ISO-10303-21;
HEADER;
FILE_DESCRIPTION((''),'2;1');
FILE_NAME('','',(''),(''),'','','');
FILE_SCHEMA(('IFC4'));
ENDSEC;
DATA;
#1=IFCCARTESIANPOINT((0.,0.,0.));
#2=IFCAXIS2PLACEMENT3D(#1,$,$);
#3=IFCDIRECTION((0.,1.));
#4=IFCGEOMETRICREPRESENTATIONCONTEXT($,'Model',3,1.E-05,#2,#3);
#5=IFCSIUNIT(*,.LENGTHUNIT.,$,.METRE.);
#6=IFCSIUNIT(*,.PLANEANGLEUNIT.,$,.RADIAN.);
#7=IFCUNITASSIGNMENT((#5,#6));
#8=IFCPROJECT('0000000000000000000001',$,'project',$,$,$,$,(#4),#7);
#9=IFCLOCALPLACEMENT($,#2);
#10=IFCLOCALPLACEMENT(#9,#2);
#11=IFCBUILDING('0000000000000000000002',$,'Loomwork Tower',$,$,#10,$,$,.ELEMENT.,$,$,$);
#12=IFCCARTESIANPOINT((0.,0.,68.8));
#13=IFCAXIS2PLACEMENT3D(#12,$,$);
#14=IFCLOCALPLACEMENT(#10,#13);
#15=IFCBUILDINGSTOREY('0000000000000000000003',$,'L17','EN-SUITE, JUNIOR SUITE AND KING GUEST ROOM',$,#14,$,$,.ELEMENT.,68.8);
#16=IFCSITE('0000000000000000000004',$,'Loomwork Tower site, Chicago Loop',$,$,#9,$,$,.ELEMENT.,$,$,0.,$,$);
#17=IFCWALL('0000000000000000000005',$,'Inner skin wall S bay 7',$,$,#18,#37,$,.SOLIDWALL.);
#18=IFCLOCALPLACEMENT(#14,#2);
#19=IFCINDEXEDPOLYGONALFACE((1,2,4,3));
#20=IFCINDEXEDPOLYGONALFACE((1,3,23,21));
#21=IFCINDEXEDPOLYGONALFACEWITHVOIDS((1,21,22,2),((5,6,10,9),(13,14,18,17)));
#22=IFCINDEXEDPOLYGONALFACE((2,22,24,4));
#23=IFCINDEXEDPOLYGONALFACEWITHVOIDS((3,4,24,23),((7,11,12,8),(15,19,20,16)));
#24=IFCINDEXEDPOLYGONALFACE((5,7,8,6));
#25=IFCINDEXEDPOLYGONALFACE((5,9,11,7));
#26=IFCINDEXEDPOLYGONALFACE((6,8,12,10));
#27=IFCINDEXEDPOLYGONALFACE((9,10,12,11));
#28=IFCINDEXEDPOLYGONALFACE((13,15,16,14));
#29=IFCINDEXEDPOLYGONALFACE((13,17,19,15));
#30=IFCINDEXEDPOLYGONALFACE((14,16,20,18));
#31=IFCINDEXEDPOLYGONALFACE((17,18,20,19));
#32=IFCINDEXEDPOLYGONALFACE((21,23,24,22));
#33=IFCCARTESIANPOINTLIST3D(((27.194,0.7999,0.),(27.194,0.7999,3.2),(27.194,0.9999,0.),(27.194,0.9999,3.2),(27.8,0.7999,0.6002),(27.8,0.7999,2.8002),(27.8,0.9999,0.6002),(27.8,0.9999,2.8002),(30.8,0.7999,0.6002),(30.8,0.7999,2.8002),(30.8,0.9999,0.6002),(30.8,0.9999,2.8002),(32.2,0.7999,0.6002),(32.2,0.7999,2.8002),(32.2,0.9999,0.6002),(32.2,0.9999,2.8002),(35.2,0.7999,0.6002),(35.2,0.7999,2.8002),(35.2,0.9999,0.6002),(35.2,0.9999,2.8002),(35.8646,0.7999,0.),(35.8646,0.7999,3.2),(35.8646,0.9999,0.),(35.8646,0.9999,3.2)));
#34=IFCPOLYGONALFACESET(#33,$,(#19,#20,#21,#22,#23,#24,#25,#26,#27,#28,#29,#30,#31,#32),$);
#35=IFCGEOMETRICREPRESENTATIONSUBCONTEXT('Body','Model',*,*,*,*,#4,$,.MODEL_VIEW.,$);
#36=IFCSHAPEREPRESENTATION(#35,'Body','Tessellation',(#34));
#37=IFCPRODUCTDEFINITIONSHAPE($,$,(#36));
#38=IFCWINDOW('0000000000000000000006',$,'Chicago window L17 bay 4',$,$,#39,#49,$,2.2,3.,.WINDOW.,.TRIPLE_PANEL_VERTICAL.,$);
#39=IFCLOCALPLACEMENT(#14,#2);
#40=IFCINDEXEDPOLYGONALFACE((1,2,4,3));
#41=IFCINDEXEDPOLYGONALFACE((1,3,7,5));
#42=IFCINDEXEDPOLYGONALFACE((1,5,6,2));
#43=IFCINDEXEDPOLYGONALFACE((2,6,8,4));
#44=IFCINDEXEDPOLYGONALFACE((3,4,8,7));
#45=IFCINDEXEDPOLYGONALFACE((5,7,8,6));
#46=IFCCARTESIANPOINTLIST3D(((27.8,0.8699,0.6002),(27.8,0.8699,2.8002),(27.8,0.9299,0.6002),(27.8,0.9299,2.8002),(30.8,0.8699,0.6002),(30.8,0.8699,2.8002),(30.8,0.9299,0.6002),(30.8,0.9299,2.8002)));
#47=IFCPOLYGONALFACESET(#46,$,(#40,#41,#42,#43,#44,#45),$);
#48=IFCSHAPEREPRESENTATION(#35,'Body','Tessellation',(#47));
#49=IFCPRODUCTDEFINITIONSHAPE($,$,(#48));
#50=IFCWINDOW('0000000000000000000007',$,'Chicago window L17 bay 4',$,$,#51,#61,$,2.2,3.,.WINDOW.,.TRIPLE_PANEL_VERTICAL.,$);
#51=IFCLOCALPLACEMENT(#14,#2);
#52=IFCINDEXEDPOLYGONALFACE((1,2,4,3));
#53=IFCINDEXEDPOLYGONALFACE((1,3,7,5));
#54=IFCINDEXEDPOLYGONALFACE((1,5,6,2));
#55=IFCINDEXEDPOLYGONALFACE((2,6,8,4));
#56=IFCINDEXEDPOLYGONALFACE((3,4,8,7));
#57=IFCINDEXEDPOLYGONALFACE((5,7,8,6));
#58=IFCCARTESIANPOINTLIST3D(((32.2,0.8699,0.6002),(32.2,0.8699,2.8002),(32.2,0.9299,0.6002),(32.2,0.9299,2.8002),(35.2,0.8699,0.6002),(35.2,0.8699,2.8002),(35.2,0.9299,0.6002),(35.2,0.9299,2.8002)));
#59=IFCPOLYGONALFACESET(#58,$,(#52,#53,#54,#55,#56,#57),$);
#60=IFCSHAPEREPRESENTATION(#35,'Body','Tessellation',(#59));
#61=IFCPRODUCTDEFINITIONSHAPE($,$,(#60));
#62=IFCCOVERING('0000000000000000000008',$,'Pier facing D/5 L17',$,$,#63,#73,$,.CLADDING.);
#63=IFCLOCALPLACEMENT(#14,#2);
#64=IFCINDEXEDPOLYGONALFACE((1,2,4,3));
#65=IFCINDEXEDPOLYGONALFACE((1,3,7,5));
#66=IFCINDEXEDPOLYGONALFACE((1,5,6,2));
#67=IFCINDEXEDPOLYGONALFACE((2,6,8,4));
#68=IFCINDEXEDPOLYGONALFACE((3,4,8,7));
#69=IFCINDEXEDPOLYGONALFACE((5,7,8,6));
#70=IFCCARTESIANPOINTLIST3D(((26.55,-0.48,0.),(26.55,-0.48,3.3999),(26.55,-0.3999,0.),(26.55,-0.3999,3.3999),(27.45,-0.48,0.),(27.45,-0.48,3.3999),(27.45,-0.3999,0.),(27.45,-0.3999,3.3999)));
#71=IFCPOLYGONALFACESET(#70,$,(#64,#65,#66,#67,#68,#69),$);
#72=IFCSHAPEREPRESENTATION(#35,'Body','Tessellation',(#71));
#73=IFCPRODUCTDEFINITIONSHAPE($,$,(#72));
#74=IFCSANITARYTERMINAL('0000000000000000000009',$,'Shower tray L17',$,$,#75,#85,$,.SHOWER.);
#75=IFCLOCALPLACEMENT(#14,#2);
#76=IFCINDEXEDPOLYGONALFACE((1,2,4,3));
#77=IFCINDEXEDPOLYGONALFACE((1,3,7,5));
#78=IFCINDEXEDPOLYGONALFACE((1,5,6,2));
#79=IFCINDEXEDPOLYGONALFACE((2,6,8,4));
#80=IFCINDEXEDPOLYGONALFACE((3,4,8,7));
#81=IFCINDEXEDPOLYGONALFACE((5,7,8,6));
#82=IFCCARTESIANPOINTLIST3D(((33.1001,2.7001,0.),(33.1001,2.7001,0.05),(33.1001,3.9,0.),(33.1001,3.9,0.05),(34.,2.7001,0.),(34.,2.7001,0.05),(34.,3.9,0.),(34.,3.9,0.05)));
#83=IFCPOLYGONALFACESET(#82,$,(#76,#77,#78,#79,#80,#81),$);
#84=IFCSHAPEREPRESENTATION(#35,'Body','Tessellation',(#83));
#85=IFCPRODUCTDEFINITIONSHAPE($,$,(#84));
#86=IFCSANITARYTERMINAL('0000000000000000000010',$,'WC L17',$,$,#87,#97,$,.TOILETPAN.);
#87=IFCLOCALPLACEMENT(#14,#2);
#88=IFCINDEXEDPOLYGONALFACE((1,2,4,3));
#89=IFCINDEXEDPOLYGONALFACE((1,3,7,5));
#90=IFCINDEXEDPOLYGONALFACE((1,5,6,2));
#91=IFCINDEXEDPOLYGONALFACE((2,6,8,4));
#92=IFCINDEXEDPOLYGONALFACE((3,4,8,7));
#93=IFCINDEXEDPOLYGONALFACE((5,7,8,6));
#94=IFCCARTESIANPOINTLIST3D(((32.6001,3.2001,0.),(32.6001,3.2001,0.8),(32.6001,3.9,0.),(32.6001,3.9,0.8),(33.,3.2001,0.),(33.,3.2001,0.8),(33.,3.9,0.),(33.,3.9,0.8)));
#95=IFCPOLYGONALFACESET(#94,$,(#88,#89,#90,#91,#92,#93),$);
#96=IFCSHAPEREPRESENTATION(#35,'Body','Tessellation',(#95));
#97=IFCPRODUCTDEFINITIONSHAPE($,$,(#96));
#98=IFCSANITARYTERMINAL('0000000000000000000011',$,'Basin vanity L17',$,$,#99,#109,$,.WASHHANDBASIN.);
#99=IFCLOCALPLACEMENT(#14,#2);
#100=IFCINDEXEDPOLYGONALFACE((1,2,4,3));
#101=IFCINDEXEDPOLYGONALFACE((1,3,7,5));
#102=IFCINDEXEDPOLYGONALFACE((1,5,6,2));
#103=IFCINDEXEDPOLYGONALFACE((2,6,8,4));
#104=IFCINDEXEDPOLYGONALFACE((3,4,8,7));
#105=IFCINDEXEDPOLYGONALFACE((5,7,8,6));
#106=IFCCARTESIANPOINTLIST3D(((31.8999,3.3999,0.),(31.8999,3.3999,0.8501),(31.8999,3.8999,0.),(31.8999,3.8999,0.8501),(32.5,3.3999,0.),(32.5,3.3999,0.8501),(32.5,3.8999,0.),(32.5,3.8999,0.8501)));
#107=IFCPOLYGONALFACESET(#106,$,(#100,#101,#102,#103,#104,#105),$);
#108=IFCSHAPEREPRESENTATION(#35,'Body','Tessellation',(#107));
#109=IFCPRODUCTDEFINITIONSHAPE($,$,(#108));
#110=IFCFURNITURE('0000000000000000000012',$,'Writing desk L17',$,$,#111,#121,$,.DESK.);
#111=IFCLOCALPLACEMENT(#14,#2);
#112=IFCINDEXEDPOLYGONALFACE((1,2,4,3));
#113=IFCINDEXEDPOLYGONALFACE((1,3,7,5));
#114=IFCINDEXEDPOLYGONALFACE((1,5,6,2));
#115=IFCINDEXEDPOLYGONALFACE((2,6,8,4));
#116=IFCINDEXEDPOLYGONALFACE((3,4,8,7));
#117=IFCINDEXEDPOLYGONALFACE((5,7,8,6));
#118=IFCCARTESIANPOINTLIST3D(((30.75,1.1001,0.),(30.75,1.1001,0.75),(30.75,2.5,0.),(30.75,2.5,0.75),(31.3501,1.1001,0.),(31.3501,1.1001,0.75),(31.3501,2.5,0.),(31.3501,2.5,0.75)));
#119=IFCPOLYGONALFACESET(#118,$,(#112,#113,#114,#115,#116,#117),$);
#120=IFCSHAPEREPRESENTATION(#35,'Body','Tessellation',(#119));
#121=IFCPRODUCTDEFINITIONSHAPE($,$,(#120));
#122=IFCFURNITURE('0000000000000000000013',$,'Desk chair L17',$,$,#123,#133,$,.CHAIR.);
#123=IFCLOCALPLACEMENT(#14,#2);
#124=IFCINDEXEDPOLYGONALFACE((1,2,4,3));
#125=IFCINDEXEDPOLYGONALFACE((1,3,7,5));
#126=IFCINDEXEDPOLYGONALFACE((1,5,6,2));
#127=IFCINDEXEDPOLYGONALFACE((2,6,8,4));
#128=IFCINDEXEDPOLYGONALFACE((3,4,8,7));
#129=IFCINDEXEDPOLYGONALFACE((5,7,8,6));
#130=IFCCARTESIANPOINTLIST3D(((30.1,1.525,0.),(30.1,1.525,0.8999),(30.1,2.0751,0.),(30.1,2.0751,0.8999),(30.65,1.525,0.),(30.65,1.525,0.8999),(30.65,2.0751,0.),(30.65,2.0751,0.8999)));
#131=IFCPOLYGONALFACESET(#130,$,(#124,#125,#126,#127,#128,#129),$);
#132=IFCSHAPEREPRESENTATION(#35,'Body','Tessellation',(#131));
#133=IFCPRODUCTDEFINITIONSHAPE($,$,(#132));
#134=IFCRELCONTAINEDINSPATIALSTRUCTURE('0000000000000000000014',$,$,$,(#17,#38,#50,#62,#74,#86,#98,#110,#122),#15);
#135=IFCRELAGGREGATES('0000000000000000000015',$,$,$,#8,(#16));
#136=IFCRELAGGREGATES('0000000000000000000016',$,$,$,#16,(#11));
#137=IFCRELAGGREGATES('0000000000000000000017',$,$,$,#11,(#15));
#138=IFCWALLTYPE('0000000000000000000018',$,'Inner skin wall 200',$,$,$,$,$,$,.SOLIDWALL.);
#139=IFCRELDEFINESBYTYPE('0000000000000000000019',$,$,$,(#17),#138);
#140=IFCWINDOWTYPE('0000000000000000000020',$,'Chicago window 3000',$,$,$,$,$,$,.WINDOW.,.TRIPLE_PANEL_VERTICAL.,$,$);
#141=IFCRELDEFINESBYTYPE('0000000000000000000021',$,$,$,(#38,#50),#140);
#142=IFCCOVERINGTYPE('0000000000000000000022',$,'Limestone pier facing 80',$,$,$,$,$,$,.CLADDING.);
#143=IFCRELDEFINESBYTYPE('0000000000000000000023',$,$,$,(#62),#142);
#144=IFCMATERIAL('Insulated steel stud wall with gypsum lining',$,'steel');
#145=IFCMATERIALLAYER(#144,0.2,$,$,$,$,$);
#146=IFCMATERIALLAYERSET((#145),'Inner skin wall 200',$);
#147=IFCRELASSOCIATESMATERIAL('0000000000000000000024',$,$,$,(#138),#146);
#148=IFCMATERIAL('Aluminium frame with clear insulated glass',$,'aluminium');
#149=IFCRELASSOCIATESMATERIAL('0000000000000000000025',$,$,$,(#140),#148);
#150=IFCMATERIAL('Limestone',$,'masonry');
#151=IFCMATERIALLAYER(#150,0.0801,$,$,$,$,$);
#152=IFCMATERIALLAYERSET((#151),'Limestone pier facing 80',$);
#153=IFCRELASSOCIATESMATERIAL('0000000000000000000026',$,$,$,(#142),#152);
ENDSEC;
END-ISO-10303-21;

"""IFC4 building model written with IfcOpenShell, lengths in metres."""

from ifc_helpers import new_model, si_unit, direction, frame, frame_2d, origin, origin_2d, place, context, subcontext, project, spatial, rectangle, extrude, material, layer, layer_set, type_object, element, fill, save


model = new_model("IFC4")

# Units and contexts
model_context = context("Model", 3, precision=1e-05, world=origin(), true_north=direction((0.0, 1.0)))
body_context = subcontext(model_context, "Body", "Model", "MODEL_VIEW")
ifc_project = project(units=[si_unit("LENGTHUNIT", "METRE"), si_unit("PLANEANGLEUNIT", "RADIAN")], contexts=[model_context])

# Site, building, storey
site_placement = place(None, origin())
site = spatial("IfcSite", under=ifc_project, at=site_placement, Name="Loomwork Tower site, Chicago Loop", CompositionType="ELEMENT", RefElevation=0.0)
building_placement = place(site_placement, origin())
building = spatial("IfcBuilding", under=site, at=building_placement, Name="Loomwork Tower", CompositionType="ELEMENT")
storey_placement = place(building_placement, frame((0.0, 0.0, 68.8)))
storey = spatial("IfcBuildingStorey", under=building, at=storey_placement, Name="L17", Description="EN-SUITE, JUNIOR SUITE AND KING GUEST ROOM", CompositionType="ELEMENT", Elevation=68.8)

# Shared definitions
ifc_material_1 = material(Name="Insulated steel stud wall with gypsum lining", Category="steel")
ifc_layer_1 = layer(ifc_material_1, 0.2)
ifc_layer_set_1 = layer_set([ifc_layer_1], Name="Inner skin wall 200")
wall_type = type_object("IfcWallType", Name="Inner skin wall 200", PredefinedType="SOLIDWALL", material=ifc_layer_set_1)

# Wall, openings, windows
wall_1_placement = place(storey_placement, frame((27.1938, 0.8999, 0.0), z_axis=(0.0, 0.0, 1.0), x_axis=(1.0, 0.0, 0.0)))
wall_1 = element("IfcWall", 1, at=wall_1_placement, inside=storey, type_object=wall_type, Name="Inner skin wall S bay 7", PredefinedType="SOLIDWALL", context=body_context, shape_type="SweptSolid", body=[
    extrude(rectangle(XDim=8.6707, YDim=0.2, at=frame_2d((4.3354, 0.0))), origin(), (0.0, 0.0, 1.0), 3.2),
])
opening_1_placement = place(wall_1_placement, frame((0.6062, 0.0, 0.6001)))
opening_1 = element("IfcOpeningElement", 2, at=opening_1_placement, cuts=wall_1, PredefinedType="OPENING", context=body_context, shape_type="SweptSolid", body=[
    extrude(rectangle(XDim=3.0, YDim=2.2, at=frame_2d((1.5, 1.1001))), frame((0.0, 0.1099, 0.0), z_axis=(0.0, -1.0, 0.0), x_axis=(1.0, 0.0, 0.0)), (0.0, 0.0, 1.0), 0.22),
])
opening_2_placement = place(wall_1_placement, frame((5.0061, 0.0, 0.6001)))
opening_2 = element("IfcOpeningElement", 3, at=opening_2_placement, cuts=wall_1, PredefinedType="OPENING", context=body_context, shape_type="SweptSolid", body=[
    extrude(rectangle(XDim=3.0, YDim=2.2, at=frame_2d((1.5, 1.1001))), frame((0.0, 0.1099, 0.0), z_axis=(0.0, -1.0, 0.0), x_axis=(1.0, 0.0, 0.0)), (0.0, 0.0, 1.0), 0.22),
])
ifc_material_2 = material(Name="Aluminium frame with clear insulated glass", Category="aluminium")
window_type = type_object("IfcWindowType", Name="Chicago window 3000", PartitioningType="TRIPLE_PANEL_VERTICAL", PredefinedType="WINDOW", material=ifc_material_2)
window_1_placement = place(opening_1_placement, origin())
window_1 = element("IfcWindow", 4, at=window_1_placement, inside=storey, type_object=window_type, Name="Chicago window L17 bay 4", OverallHeight=2.2, OverallWidth=3.0, PartitioningType="TRIPLE_PANEL_VERTICAL", PredefinedType="WINDOW", context=body_context, shape_type="SweptSolid", body=[
    extrude(rectangle(XDim=3.0, YDim=2.2, at=frame_2d((1.5, 1.1001))), frame((0.0, 0.03, 0.0), z_axis=(0.0, -1.0, 0.0), x_axis=(1.0, 0.0, 0.0)), (0.0, 0.0, 1.0), 0.0601),
])
fill(opening_1, window_1)
window_2_placement = place(opening_2_placement, origin())
window_2 = element("IfcWindow", 5, at=window_2_placement, inside=storey, type_object=window_type, Name="Chicago window L17 bay 4", OverallHeight=2.2, OverallWidth=3.0, PartitioningType="TRIPLE_PANEL_VERTICAL", PredefinedType="WINDOW", context=body_context, shape_type="SweptSolid", body=[
    extrude(rectangle(XDim=3.0, YDim=2.2, at=frame_2d((1.5, 1.1001))), frame((0.0, 0.03, 0.0), z_axis=(0.0, -1.0, 0.0), x_axis=(1.0, 0.0, 0.0)), (0.0, 0.0, 1.0), 0.0601),
])
fill(opening_2, window_2)

# Covering
ifc_material_3 = material(Name="Limestone", Category="masonry")
ifc_layer_2 = layer(ifc_material_3, 0.0801)
ifc_layer_set_2 = layer_set([ifc_layer_2], Name="Limestone pier facing 80")
covering_type = type_object("IfcCoveringType", Name="Limestone pier facing 80", PredefinedType="CLADDING", material=ifc_layer_set_2)
covering_placement = place(storey_placement, frame((27.0, -0.4399, 0.0), z_axis=(0.0, 0.0, 1.0), x_axis=(1.0, 0.0, 0.0)))
element("IfcCovering", 6, at=covering_placement, inside=storey, type_object=covering_type, Name="Pier facing D/5 L17", PredefinedType="CLADDING", context=body_context, shape_type="SweptSolid", body=[
    extrude(rectangle(XDim=0.8999, YDim=0.0801, at=origin_2d()), origin(), (0.0, 0.0, 1.0), 3.3999),
])

# Sanitary terminals
sanitary_terminal_1_placement = place(storey_placement, frame((33.55, 3.3, 0.0), z_axis=(0.0, 0.0, 1.0), x_axis=(1.0, 0.0, 0.0)))
element("IfcSanitaryTerminal", 7, at=sanitary_terminal_1_placement, inside=storey, Name="Shower tray L17", PredefinedType="SHOWER", context=body_context, shape_type="SweptSolid", body=[
    extrude(rectangle(XDim=0.8999, YDim=1.2, at=origin_2d()), origin(), (0.0, 0.0, 1.0), 0.05),
])
sanitary_terminal_2_placement = place(storey_placement, frame((32.8, 3.55, 0.0), z_axis=(0.0, 0.0, 1.0), x_axis=(1.0, 0.0, 0.0)))
element("IfcSanitaryTerminal", 8, at=sanitary_terminal_2_placement, inside=storey, Name="WC L17", PredefinedType="TOILETPAN", context=body_context, shape_type="SweptSolid", body=[
    extrude(rectangle(XDim=0.3999, YDim=0.7, at=origin_2d()), origin(), (0.0, 0.0, 1.0), 0.8),
])
sanitary_terminal_3_placement = place(storey_placement, frame((32.2, 3.6499, 0.0), z_axis=(0.0, 0.0, 1.0), x_axis=(1.0, 0.0, 0.0)))
element("IfcSanitaryTerminal", 9, at=sanitary_terminal_3_placement, inside=storey, Name="Basin vanity L17", PredefinedType="WASHHANDBASIN", context=body_context, shape_type="SweptSolid", body=[
    extrude(rectangle(XDim=0.6001, YDim=0.5, at=origin_2d()), origin(), (0.0, 0.0, 1.0), 0.8501),
])

# Furniture
furniture_1_placement = place(storey_placement, frame((31.05, 1.8, 0.0), z_axis=(0.0, 0.0, 1.0), x_axis=(1.0, 0.0, 0.0)))
element("IfcFurniture", 10, at=furniture_1_placement, inside=storey, Name="Writing desk L17", PredefinedType="DESK", context=body_context, shape_type="SweptSolid", body=[
    extrude(rectangle(XDim=0.6001, YDim=1.3999, at=origin_2d()), origin(), (0.0, 0.0, 1.0), 0.75),
])
furniture_2_placement = place(storey_placement, frame((30.375, 1.8, 0.0), z_axis=(0.0, 0.0, 1.0), x_axis=(1.0, 0.0, 0.0)))
element("IfcFurniture", 11, at=furniture_2_placement, inside=storey, Name="Desk chair L17", PredefinedType="CHAIR", context=body_context, shape_type="SweptSolid", body=[
    extrude(rectangle(XDim=0.55, YDim=0.55, at=origin_2d()), origin(), (0.0, 0.0, 1.0), 0.8999),
])

save(model, "model.ifc")
